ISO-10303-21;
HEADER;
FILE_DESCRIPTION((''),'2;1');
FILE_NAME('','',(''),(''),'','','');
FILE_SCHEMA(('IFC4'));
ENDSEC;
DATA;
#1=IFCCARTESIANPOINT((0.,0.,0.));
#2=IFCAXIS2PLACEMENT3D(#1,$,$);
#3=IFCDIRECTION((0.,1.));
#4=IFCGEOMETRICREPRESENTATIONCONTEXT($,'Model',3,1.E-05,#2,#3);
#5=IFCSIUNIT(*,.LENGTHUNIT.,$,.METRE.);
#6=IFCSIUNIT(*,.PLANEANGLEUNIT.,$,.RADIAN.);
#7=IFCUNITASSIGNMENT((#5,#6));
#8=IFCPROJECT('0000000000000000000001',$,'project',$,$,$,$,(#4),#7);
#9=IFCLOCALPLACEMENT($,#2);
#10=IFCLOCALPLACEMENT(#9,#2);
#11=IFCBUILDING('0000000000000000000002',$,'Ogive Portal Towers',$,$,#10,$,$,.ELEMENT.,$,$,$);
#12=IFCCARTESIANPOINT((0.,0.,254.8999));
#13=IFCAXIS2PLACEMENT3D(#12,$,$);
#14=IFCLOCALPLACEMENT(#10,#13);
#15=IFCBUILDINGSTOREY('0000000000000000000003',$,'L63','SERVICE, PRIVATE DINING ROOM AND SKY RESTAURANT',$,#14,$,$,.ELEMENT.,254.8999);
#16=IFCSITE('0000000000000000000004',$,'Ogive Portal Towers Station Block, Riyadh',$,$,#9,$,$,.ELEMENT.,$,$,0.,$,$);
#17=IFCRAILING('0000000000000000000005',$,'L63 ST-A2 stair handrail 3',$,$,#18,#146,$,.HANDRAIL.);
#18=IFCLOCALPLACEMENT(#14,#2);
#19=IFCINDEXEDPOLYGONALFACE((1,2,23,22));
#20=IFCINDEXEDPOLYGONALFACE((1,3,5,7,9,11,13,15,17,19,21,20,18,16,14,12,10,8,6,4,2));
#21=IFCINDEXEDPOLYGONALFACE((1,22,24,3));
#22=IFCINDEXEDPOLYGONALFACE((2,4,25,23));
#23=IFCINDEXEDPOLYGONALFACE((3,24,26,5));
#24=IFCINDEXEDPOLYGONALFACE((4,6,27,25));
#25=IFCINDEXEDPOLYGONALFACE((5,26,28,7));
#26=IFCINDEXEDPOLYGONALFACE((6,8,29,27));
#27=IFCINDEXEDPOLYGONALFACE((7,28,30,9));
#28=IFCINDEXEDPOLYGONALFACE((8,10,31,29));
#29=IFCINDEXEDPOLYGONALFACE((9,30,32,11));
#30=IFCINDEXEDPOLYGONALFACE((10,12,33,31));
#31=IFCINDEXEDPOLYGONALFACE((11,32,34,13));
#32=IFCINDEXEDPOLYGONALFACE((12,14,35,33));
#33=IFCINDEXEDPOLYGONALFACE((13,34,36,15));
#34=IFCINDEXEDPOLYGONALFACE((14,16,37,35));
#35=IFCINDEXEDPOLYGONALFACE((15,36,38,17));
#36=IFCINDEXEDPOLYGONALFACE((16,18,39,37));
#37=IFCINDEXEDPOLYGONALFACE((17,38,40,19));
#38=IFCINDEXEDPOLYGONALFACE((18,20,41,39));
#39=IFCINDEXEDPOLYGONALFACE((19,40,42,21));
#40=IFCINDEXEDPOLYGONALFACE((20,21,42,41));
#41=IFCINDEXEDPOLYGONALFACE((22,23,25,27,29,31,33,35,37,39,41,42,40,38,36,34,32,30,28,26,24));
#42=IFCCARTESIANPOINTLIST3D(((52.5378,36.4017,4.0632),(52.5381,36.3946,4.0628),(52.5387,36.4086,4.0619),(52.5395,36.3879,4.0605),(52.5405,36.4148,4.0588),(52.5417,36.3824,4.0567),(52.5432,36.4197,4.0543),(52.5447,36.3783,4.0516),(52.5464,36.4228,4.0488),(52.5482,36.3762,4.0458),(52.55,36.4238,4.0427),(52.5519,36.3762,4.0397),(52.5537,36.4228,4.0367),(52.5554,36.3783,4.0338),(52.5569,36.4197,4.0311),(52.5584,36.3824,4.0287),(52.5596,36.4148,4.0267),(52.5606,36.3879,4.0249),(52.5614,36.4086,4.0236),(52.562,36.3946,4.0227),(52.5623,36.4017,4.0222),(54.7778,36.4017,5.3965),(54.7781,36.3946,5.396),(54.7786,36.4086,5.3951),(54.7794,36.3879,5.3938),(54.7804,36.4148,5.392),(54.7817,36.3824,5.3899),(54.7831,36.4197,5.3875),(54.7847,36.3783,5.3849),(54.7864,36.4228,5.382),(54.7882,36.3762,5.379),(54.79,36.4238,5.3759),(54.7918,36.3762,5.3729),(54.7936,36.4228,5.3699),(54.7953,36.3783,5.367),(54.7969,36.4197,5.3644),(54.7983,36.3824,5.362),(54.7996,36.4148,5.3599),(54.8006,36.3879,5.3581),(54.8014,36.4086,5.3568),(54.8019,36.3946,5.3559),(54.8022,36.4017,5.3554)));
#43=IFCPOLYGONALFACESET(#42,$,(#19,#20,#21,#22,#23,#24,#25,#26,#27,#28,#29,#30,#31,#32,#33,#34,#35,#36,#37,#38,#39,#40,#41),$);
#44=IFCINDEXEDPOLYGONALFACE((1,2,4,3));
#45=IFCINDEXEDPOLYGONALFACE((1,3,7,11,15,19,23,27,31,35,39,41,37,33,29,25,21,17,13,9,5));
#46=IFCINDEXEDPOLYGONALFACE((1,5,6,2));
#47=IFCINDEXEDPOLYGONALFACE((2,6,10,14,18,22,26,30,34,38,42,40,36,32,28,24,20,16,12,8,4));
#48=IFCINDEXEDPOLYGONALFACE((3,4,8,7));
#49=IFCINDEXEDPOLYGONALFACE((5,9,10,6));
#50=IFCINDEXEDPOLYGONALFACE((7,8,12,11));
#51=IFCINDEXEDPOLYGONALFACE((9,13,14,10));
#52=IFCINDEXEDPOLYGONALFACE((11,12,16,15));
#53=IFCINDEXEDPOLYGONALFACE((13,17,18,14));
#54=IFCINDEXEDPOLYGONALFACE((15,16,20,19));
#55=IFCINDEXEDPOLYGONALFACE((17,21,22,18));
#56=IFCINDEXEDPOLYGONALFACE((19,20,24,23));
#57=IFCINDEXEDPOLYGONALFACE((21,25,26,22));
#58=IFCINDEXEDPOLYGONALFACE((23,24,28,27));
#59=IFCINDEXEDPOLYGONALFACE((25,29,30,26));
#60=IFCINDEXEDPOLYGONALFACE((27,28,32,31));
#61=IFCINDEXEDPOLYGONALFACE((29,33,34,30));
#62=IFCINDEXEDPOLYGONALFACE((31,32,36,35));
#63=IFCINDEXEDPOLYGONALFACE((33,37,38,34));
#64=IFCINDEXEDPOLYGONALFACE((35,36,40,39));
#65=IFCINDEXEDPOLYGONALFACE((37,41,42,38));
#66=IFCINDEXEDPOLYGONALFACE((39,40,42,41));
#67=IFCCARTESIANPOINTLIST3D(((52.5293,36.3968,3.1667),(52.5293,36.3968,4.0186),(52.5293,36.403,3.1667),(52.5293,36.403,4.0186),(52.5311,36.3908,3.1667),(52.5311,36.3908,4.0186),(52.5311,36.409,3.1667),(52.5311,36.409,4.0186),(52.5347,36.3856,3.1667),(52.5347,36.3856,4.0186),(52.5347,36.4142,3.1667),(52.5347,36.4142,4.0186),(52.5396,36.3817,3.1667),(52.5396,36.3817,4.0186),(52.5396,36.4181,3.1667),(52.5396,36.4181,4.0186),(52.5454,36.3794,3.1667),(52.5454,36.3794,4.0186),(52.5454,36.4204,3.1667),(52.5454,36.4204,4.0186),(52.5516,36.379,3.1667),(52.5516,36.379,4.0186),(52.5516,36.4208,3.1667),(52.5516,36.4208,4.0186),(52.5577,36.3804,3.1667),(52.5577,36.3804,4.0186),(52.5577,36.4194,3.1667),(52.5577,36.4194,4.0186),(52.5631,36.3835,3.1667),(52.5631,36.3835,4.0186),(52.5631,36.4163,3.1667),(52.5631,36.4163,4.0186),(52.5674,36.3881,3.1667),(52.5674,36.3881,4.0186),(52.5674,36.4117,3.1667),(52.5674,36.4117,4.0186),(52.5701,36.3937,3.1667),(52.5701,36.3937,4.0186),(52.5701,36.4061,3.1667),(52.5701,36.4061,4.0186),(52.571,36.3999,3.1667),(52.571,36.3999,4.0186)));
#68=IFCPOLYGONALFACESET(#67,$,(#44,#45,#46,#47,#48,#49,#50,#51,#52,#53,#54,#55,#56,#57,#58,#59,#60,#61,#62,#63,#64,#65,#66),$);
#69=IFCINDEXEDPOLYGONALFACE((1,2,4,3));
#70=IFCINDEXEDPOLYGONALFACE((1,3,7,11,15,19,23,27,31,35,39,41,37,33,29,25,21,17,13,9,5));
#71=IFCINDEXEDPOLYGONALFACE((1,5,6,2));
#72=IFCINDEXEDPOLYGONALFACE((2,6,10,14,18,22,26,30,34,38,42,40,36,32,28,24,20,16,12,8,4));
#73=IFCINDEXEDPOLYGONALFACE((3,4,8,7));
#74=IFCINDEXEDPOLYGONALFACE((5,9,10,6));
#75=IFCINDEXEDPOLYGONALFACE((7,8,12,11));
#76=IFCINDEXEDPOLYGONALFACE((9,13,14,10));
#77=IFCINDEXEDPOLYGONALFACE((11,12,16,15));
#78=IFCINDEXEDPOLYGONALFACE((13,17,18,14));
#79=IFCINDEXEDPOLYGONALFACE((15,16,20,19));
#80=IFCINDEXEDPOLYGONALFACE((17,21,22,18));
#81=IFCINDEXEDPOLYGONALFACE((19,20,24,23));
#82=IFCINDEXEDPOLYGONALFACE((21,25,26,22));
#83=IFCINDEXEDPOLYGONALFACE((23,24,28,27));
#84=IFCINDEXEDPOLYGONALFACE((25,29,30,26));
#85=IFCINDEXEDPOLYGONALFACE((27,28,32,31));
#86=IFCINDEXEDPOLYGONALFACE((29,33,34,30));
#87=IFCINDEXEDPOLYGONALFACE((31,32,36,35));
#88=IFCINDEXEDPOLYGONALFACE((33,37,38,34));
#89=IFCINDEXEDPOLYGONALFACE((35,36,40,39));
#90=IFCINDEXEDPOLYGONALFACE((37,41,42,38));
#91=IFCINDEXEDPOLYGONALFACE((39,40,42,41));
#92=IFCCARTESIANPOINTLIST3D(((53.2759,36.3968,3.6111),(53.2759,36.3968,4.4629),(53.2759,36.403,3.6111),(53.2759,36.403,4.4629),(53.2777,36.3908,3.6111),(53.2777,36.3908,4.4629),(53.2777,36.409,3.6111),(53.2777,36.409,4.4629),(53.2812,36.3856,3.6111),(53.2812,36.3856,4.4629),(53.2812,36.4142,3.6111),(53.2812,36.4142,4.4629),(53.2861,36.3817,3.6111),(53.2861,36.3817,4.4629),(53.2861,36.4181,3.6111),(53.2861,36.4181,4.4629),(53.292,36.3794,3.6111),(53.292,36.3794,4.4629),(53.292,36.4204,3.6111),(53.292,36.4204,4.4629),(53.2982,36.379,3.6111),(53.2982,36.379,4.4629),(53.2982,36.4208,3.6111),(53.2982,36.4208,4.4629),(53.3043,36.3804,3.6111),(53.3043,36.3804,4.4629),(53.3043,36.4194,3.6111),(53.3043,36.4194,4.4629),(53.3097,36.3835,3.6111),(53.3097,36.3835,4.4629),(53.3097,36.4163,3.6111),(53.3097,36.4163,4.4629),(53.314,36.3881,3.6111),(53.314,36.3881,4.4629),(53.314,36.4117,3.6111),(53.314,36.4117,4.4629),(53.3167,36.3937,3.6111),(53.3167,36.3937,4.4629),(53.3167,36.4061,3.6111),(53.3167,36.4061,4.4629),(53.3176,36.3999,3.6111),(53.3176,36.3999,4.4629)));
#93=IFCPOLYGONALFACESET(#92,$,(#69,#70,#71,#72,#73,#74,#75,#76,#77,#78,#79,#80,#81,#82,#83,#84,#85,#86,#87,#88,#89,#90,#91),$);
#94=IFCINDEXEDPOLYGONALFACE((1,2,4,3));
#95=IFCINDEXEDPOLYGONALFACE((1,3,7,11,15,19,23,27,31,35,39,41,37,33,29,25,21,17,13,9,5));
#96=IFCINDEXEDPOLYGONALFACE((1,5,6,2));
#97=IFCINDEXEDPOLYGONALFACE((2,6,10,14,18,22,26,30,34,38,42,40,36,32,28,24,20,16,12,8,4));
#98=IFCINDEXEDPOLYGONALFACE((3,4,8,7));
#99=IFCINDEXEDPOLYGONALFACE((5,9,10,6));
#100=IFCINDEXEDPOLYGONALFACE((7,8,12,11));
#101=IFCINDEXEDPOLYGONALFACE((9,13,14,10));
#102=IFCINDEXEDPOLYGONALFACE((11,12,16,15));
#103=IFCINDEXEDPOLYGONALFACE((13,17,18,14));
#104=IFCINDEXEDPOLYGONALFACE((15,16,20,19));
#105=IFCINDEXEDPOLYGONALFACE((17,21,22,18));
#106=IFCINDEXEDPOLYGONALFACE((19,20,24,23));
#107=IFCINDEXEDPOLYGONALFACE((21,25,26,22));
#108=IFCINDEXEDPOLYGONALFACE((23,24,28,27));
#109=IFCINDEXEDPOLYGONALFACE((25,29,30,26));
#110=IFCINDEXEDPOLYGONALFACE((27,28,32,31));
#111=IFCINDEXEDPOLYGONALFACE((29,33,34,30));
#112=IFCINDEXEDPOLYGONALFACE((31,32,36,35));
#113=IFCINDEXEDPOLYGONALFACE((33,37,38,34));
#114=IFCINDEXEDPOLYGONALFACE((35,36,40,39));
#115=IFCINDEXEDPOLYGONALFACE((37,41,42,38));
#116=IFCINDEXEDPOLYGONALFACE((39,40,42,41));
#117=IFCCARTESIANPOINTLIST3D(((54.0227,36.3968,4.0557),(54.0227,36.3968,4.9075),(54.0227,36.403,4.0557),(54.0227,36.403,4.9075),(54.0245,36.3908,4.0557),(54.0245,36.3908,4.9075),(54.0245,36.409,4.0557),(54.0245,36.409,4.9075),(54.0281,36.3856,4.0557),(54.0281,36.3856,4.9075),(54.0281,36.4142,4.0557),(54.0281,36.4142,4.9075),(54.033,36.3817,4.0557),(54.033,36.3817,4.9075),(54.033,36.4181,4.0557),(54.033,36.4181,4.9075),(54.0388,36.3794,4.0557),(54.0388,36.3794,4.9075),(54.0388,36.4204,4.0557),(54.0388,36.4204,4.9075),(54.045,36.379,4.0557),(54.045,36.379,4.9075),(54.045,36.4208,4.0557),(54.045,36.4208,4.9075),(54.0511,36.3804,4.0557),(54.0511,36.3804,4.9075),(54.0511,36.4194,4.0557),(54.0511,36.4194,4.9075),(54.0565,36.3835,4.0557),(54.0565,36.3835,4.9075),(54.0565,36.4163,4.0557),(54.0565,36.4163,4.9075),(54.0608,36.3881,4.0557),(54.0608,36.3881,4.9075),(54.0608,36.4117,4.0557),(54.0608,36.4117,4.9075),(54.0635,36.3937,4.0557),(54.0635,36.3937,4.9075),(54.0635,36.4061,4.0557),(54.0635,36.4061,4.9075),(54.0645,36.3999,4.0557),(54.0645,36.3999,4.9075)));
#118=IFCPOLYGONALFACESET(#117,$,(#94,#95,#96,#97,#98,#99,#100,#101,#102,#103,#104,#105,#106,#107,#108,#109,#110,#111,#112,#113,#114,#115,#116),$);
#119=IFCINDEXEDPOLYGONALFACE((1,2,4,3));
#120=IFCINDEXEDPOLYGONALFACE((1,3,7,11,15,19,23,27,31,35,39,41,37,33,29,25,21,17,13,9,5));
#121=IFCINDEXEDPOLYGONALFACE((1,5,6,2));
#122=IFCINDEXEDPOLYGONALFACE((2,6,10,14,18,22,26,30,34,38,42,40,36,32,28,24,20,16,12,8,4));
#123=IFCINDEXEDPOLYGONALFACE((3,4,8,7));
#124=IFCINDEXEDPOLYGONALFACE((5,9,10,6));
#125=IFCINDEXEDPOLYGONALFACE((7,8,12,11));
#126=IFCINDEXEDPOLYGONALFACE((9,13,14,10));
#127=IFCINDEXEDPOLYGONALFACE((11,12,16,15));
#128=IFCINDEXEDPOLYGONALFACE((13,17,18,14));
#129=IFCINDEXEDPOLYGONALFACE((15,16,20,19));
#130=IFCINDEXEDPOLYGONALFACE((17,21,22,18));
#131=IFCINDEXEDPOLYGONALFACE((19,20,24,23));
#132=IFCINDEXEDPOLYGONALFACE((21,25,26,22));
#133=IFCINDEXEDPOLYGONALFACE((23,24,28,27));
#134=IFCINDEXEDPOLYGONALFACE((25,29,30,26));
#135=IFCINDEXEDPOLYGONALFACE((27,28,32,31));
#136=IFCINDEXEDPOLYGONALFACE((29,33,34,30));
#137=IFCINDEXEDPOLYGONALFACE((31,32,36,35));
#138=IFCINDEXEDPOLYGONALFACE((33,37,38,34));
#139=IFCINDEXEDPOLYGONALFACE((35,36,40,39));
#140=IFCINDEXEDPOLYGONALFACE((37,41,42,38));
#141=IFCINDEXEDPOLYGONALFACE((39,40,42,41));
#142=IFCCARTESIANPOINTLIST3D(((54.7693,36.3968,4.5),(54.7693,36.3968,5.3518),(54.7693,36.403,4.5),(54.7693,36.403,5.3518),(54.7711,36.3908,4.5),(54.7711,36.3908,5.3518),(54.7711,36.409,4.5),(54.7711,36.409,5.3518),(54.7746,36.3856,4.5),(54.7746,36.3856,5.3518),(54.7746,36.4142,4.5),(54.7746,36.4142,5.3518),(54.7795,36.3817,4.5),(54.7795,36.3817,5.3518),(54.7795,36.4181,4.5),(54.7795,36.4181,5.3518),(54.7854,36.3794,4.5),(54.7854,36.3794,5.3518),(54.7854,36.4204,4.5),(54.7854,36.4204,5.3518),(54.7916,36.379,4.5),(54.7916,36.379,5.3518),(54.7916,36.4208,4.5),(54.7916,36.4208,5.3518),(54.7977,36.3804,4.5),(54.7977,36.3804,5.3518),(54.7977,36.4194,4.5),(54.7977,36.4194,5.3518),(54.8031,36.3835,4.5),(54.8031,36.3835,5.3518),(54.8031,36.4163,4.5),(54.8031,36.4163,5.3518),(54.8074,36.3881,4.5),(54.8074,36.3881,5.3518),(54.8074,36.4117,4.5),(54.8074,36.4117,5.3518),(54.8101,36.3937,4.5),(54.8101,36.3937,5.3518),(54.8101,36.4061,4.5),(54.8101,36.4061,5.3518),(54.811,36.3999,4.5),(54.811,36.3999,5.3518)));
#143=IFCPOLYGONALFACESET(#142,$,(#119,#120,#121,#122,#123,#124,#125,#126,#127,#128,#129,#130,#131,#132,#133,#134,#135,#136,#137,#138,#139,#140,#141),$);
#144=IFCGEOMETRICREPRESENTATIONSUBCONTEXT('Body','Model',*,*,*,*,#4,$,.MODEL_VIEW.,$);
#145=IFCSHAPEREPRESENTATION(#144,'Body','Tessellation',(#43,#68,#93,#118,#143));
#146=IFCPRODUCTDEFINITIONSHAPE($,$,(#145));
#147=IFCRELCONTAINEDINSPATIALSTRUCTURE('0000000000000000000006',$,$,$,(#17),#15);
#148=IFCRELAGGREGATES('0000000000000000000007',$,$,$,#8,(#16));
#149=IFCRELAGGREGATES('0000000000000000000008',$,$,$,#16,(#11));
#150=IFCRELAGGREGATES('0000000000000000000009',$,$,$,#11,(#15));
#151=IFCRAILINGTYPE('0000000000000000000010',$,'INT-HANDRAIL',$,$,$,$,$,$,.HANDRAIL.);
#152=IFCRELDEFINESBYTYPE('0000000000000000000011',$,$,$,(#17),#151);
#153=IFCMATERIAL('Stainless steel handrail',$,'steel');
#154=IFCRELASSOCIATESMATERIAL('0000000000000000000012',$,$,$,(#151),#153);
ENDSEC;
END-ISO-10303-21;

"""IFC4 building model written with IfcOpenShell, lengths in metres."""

from ifc_helpers import new_model, si_unit, direction, frame, origin, origin_2d, place, context, subcontext, project, spatial, circle, extrude, material, type_object, element, save


model = new_model("IFC4")

# Units and contexts
model_context = context("Model", 3, precision=1e-05, world=origin(), true_north=direction((0.0, 1.0)))
body_context = subcontext(model_context, "Body", "Model", "MODEL_VIEW")
ifc_project = project(units=[si_unit("LENGTHUNIT", "METRE"), si_unit("PLANEANGLEUNIT", "RADIAN")], contexts=[model_context])

# Site, building, storey
site_placement = place(None, origin())
site = spatial("IfcSite", under=ifc_project, at=site_placement, Name="Ogive Portal Towers Station Block, Riyadh", CompositionType="ELEMENT", RefElevation=0.0)
building_placement = place(site_placement, origin())
building = spatial("IfcBuilding", under=site, at=building_placement, Name="Ogive Portal Towers", CompositionType="ELEMENT")
storey_placement = place(building_placement, frame((0.0, 0.0, 254.8999)))
storey = spatial("IfcBuildingStorey", under=building, at=storey_placement, Name="L63", Description="SERVICE, PRIVATE DINING ROOM AND SKY RESTAURANT", CompositionType="ELEMENT", Elevation=254.8999)

# Railing
ifc_material_1 = material(Name="Stainless steel handrail", Category="steel")
railing_type_1 = type_object("IfcRailingType", Name="INT-HANDRAIL", PredefinedType="HANDRAIL", material=ifc_material_1)
railing_1_placement = place(storey_placement, frame((52.55, 36.3999, 3.1667)))
element("IfcRailing", 1, at=railing_1_placement, inside=storey, type_object=railing_type_1, Name="L63 ST-A2 stair handrail 3", PredefinedType="HANDRAIL", context=body_context, shape_type="SweptSolid", body=[
    extrude(circle(Radius=0.0239, at=origin_2d()), frame((0.0, 0.0, 0.876), z_axis=(0.859306, 0.0, 0.511462), x_axis=(0.0, 1.0, 0.0)), (0.0, 0.0, 1.0), 2.6067),
    extrude(circle(Radius=0.021, at=origin_2d()), origin(), (0.0, 0.0, 1.0), 0.8518),
    extrude(circle(Radius=0.021, at=origin_2d()), frame((0.7466, 0.0, 0.4443)), (0.0, 0.0, 1.0), 0.8518),
    extrude(circle(Radius=0.021, at=origin_2d()), frame((1.4934, 0.0, 0.8889)), (0.0, 0.0, 1.0), 0.8518),
    extrude(circle(Radius=0.021, at=origin_2d()), frame((2.24, 0.0, 1.3333)), (0.0, 0.0, 1.0), 0.8518),
])

save(model, "model.ifc")
